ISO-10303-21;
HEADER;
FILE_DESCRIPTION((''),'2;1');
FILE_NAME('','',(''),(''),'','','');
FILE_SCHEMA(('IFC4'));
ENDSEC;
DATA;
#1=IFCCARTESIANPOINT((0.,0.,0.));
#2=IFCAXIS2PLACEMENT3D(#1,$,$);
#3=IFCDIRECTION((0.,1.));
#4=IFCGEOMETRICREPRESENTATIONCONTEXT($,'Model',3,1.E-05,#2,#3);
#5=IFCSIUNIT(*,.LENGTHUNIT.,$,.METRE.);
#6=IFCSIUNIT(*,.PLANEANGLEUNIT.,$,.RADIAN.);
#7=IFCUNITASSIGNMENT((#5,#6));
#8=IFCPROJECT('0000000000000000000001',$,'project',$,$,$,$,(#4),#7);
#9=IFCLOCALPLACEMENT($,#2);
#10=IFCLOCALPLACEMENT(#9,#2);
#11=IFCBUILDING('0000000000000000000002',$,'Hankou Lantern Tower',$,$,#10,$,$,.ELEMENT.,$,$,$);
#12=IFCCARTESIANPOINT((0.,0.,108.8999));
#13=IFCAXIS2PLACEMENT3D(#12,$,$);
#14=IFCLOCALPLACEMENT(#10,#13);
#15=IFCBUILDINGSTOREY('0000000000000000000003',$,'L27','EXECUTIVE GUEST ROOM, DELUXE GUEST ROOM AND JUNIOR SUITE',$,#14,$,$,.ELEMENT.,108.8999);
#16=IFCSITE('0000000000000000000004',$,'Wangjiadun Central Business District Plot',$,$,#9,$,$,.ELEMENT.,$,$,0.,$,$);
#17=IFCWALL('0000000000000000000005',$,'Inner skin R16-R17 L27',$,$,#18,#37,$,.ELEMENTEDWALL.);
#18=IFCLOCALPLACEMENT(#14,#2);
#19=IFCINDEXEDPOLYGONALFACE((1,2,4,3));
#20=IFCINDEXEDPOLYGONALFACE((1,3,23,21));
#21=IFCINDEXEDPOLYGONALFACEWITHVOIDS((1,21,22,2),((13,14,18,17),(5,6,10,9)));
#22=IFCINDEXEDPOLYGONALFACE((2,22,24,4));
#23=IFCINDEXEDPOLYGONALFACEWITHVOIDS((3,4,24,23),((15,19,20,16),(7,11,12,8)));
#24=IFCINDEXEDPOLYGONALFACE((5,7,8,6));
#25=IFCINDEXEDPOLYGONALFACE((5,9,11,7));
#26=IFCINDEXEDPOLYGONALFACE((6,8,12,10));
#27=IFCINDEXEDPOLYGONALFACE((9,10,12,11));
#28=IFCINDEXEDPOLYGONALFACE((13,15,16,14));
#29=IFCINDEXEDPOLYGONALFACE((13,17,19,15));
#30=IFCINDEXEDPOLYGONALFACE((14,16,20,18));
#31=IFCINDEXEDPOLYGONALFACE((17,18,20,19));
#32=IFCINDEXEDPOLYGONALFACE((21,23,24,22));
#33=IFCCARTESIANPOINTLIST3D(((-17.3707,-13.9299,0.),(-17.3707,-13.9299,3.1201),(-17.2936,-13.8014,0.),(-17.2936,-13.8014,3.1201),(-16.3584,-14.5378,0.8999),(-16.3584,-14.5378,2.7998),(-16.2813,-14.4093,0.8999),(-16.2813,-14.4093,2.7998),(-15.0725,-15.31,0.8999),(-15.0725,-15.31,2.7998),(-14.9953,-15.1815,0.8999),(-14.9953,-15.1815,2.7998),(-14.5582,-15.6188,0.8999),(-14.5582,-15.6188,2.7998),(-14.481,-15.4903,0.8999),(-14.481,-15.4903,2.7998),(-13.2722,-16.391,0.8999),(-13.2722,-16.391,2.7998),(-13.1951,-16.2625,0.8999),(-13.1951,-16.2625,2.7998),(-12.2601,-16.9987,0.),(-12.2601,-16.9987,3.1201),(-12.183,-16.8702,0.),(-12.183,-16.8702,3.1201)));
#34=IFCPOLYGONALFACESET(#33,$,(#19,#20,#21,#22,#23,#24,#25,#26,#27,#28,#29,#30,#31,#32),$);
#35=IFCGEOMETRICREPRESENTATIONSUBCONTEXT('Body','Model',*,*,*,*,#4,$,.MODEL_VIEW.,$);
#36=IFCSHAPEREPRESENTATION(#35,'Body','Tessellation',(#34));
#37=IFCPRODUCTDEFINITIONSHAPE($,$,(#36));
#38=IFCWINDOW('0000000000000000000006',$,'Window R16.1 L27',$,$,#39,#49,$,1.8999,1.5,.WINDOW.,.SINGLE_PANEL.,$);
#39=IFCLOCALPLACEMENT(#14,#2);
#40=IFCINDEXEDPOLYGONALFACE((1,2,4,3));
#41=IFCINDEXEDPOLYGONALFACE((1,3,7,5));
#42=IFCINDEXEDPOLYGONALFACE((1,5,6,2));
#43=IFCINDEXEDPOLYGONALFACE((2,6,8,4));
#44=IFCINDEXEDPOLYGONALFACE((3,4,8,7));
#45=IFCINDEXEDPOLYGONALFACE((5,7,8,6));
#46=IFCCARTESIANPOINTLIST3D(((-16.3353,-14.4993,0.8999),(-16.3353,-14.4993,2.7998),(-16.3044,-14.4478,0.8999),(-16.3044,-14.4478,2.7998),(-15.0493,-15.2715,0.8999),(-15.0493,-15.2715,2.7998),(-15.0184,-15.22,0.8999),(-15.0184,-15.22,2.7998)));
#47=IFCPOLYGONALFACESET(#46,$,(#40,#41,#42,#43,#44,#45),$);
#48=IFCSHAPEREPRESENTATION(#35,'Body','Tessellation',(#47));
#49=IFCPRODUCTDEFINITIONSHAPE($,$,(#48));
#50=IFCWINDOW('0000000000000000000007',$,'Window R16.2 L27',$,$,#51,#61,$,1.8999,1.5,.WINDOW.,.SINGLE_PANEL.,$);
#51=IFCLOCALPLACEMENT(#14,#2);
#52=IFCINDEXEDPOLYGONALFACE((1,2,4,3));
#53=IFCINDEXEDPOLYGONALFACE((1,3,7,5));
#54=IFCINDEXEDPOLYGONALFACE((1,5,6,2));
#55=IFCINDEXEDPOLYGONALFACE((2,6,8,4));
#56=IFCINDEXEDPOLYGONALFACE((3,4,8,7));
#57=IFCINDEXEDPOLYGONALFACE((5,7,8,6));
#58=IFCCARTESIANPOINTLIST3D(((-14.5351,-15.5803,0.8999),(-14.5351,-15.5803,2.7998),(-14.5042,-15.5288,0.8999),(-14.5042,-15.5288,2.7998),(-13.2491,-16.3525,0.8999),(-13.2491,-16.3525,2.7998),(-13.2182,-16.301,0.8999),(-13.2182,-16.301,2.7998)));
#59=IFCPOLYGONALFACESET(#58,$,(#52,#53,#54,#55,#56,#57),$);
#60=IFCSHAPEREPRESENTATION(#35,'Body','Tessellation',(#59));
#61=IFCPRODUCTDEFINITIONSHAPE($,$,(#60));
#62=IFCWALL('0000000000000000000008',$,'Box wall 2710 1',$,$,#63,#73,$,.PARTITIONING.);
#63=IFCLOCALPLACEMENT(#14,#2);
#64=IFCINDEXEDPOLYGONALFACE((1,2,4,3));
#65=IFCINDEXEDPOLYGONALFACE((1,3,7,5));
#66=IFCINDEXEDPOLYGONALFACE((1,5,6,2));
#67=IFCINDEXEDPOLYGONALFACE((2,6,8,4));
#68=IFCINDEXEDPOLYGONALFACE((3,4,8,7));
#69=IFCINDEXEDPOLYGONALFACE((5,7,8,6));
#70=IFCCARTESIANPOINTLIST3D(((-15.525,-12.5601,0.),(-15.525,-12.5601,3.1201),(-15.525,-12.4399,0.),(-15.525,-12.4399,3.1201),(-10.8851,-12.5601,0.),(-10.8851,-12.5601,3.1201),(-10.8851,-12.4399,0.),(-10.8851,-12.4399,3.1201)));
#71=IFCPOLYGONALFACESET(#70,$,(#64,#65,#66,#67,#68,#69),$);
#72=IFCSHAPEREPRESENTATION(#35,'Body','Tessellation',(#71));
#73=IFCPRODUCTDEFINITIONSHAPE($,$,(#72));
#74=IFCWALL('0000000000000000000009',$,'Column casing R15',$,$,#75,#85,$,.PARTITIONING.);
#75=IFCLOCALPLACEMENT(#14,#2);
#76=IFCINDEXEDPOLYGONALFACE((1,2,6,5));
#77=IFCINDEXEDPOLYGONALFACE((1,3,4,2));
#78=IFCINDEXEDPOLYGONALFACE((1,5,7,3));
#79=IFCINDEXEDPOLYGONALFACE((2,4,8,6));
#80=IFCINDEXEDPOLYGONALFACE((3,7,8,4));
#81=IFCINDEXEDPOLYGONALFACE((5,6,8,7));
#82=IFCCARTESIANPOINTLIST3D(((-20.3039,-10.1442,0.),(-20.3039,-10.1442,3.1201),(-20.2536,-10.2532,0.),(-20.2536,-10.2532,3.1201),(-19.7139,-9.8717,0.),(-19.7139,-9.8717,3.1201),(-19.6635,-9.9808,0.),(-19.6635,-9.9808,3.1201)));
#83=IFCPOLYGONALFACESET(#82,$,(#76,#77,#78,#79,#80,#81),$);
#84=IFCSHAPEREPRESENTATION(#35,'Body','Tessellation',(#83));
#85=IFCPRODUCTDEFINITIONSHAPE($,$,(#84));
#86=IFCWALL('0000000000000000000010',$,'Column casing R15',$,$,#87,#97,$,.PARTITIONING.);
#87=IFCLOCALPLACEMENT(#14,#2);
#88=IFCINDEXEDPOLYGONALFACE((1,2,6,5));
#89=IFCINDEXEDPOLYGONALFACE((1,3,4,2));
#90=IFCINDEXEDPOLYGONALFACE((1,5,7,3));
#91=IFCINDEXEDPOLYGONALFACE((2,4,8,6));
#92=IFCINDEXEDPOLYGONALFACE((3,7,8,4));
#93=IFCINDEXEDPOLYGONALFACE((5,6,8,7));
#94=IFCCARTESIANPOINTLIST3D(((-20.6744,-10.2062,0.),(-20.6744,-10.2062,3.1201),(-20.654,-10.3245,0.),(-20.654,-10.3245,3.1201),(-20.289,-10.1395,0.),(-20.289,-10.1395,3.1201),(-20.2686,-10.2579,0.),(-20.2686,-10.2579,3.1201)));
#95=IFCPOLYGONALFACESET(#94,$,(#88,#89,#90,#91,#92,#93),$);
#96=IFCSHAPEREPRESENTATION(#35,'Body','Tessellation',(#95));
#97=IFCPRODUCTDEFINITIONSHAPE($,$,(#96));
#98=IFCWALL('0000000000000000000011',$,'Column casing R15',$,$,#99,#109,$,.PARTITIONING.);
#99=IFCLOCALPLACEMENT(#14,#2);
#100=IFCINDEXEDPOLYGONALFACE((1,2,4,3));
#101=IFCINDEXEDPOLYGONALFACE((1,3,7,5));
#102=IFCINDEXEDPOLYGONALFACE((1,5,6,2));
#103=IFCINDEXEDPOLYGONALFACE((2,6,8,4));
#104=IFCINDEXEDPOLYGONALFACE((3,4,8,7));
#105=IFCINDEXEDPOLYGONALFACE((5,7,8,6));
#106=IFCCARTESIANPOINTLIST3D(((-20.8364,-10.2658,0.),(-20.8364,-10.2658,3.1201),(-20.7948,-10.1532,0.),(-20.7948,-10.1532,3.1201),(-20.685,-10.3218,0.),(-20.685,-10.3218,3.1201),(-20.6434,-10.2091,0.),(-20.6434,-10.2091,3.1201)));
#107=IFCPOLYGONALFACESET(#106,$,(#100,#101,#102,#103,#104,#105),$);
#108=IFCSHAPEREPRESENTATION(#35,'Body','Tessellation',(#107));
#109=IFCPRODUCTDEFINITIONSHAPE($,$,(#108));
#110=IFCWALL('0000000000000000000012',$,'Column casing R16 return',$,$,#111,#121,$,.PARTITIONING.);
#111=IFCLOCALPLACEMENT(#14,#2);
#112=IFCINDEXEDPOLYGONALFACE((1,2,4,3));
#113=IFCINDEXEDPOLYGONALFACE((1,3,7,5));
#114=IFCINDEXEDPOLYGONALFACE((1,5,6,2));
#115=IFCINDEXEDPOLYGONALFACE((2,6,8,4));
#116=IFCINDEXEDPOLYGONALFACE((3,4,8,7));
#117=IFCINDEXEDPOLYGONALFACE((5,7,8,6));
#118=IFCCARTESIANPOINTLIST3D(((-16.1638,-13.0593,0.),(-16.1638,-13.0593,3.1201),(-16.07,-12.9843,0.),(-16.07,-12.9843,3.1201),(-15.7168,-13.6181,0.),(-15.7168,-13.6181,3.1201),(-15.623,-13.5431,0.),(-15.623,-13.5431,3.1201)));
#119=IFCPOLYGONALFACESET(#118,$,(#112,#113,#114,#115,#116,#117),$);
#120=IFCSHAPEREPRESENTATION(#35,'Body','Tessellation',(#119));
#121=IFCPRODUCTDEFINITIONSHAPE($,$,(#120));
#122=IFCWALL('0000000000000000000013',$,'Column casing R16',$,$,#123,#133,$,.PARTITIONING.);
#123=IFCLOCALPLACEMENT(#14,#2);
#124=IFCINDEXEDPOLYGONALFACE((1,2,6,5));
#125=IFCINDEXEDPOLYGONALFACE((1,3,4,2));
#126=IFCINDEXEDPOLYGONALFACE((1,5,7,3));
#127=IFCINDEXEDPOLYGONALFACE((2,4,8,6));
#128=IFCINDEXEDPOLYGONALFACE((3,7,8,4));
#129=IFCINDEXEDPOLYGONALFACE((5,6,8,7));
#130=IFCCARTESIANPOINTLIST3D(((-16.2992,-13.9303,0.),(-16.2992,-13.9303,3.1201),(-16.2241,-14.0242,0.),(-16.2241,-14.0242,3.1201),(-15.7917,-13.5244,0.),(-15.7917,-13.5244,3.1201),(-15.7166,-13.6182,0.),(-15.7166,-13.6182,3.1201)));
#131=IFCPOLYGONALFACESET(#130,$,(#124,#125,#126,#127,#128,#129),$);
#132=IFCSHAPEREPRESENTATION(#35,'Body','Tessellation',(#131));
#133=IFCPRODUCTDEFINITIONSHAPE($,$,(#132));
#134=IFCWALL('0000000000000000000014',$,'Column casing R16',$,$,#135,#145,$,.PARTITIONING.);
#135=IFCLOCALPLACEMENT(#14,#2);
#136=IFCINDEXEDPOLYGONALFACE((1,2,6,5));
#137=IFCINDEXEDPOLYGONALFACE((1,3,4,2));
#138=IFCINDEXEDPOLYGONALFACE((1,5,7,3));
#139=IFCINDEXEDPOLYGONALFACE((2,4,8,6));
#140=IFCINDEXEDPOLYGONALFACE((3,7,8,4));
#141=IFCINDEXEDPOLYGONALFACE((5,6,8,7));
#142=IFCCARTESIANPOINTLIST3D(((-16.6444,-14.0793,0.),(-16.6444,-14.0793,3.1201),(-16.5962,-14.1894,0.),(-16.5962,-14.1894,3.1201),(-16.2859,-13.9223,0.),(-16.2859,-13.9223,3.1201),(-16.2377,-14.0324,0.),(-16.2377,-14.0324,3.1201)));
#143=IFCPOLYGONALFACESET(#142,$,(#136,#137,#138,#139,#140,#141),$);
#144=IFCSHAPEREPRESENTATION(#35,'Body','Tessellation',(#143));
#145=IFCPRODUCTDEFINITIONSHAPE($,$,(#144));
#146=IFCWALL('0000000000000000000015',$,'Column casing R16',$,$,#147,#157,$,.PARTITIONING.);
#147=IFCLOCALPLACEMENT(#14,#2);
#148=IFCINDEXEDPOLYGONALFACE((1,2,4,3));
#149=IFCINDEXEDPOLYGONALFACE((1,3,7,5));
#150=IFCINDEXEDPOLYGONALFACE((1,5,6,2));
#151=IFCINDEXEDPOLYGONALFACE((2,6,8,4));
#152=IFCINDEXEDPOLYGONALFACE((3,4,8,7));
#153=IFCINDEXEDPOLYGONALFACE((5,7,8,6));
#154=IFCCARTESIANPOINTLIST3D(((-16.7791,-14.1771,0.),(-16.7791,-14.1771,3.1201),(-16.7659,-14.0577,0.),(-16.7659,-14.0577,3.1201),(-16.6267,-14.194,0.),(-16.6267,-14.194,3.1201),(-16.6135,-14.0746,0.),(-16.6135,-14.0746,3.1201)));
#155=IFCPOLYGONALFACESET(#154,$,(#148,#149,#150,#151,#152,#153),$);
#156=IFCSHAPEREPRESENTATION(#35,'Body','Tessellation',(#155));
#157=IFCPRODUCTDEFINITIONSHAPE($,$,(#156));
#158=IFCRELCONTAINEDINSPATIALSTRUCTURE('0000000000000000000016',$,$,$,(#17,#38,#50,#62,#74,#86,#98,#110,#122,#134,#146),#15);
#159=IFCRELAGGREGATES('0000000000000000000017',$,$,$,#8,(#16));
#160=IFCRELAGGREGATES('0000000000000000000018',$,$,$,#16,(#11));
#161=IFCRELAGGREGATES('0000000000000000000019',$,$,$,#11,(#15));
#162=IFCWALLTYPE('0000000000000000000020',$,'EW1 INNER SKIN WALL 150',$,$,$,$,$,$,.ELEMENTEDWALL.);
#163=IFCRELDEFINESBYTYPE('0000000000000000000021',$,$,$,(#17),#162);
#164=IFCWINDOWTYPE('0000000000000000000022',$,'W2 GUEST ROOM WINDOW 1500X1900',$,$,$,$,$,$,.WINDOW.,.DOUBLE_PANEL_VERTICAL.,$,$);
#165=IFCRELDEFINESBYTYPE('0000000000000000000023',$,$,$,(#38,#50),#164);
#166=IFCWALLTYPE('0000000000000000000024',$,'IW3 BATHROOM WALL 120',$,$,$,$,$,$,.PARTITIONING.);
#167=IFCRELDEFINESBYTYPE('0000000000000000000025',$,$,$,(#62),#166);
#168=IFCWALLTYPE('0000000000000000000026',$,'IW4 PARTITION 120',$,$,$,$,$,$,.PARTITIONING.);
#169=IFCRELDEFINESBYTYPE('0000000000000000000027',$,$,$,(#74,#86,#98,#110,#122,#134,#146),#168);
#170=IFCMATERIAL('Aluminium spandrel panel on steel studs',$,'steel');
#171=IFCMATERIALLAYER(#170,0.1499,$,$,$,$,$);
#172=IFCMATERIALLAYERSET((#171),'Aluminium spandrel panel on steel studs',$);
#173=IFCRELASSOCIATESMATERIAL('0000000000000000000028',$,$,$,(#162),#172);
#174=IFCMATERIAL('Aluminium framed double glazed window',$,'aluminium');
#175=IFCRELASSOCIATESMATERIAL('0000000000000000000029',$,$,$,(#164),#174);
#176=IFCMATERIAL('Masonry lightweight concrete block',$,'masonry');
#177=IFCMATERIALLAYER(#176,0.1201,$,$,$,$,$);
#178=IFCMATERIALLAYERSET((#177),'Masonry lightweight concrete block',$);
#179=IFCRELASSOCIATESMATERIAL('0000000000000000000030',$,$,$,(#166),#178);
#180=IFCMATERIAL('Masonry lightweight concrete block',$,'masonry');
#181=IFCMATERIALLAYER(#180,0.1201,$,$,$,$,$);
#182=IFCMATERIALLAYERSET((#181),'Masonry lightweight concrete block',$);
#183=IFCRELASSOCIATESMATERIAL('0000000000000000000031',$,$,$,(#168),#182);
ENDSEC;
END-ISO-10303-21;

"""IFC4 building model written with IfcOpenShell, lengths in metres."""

from ifc_helpers import new_model, si_unit, direction, frame, frame_2d, origin, place, context, subcontext, project, spatial, rectangle, extrude, material, layer, layer_set, type_object, element, fill, save


model = new_model("IFC4")

# Units and contexts
model_context = context("Model", 3, precision=1e-05, world=origin(), true_north=direction((0.0, 1.0)))
body_context = subcontext(model_context, "Body", "Model", "MODEL_VIEW")
ifc_project = project(units=[si_unit("LENGTHUNIT", "METRE"), si_unit("PLANEANGLEUNIT", "RADIAN")], contexts=[model_context])

# Site, building, storey
site_placement = place(None, origin())
site = spatial("IfcSite", under=ifc_project, at=site_placement, Name="Wangjiadun Central Business District Plot", CompositionType="ELEMENT", RefElevation=0.0)
building_placement = place(site_placement, origin())
building = spatial("IfcBuilding", under=site, at=building_placement, Name="Hankou Lantern Tower", CompositionType="ELEMENT")
storey_placement = place(building_placement, frame((0.0, 0.0, 108.8999)))
storey = spatial("IfcBuildingStorey", under=building, at=storey_placement, Name="L27", Description="EXECUTIVE GUEST ROOM, DELUXE GUEST ROOM AND JUNIOR SUITE", CompositionType="ELEMENT", Elevation=108.8999)

# Wall, openings, windows
ifc_material_1 = material(Name="Aluminium spandrel panel on steel studs", Category="steel")
ifc_layer_1 = layer(ifc_material_1, 0.1499)
ifc_layer_set_1 = layer_set([ifc_layer_1], Name="Aluminium spandrel panel on steel studs")
wall_type_1 = type_object("IfcWallType", Name="EW1 INNER SKIN WALL 150", PredefinedType="ELEMENTEDWALL", material=ifc_layer_set_1)
ifc_material_2 = material(Name="Aluminium framed double glazed window", Category="aluminium")
window_type = type_object("IfcWindowType", Name="W2 GUEST ROOM WINDOW 1500X1900", PartitioningType="DOUBLE_PANEL_VERTICAL", PredefinedType="WINDOW", material=ifc_material_2)
wall_1_placement = place(storey_placement, frame((-17.332, -13.8657, 0.0), z_axis=(0.0, 0.0, 1.0), x_axis=(0.857309, -0.514803, 0.0)))
wall_1 = element("IfcWall", 1, at=wall_1_placement, inside=storey, type_object=wall_type_1, Name="Inner skin R16-R17 L27", PredefinedType="ELEMENTEDWALL", context=body_context, shape_type="SweptSolid", body=[
    extrude(rectangle(XDim=5.9612, YDim=0.1499, at=frame_2d((2.9805, 0.0))), origin(), (0.0, 0.0, 1.0), 3.1201),
])
opening_1_placement = place(wall_1_placement, frame((1.1807, 0.0, 0.8999)))
opening_1 = element("IfcOpeningElement", 2, at=opening_1_placement, cuts=wall_1, PredefinedType="OPENING", context=body_context, shape_type="SweptSolid", body=[
    extrude(rectangle(XDim=1.5, YDim=1.8999, at=frame_2d((0.75, 0.95))), frame((0.0, 0.085, 0.0), z_axis=(0.0, -1.0, 0.0), x_axis=(1.0, 0.0, 0.0)), (0.0, 0.0, 1.0), 0.1699),
])
opening_2_placement = place(wall_1_placement, frame((3.2805, 0.0, 0.8999)))
opening_2 = element("IfcOpeningElement", 3, at=opening_2_placement, cuts=wall_1, PredefinedType="OPENING", context=body_context, shape_type="SweptSolid", body=[
    extrude(rectangle(XDim=1.5, YDim=1.8999, at=frame_2d((0.75, 0.95))), frame((0.0, 0.085, 0.0), z_axis=(0.0, -1.0, 0.0), x_axis=(1.0, 0.0, 0.0)), (0.0, 0.0, 1.0), 0.1699),
])
window_1_placement = place(opening_1_placement, origin())
window_1 = element("IfcWindow", 4, at=window_1_placement, inside=storey, type_object=window_type, Name="Window R16.1 L27", OverallHeight=1.8999, OverallWidth=1.5, PartitioningType="SINGLE_PANEL", PredefinedType="WINDOW", context=body_context, shape_type="SweptSolid", body=[
    extrude(rectangle(XDim=1.5, YDim=1.8999, at=frame_2d((0.75, 0.95))), frame((0.0, 0.03, 0.0), z_axis=(0.0, -1.0, 0.0), x_axis=(1.0, 0.0, 0.0)), (0.0, 0.0, 1.0), 0.0601),
])
fill(opening_1, window_1)
window_2_placement = place(opening_2_placement, origin())
window_2 = element("IfcWindow", 5, at=window_2_placement, inside=storey, type_object=window_type, Name="Window R16.2 L27", OverallHeight=1.8999, OverallWidth=1.5, PartitioningType="SINGLE_PANEL", PredefinedType="WINDOW", context=body_context, shape_type="SweptSolid", body=[
    extrude(rectangle(XDim=1.5, YDim=1.8999, at=frame_2d((0.75, 0.95))), frame((0.0, 0.03, 0.0), z_axis=(0.0, -1.0, 0.0), x_axis=(1.0, 0.0, 0.0)), (0.0, 0.0, 1.0), 0.0601),
])
fill(opening_2, window_2)

# Walls
ifc_material_3 = material(Name="Masonry lightweight concrete block", Category="masonry")
ifc_layer_2 = layer(ifc_material_3, 0.1201)
ifc_layer_set_2 = layer_set([ifc_layer_2], Name="Masonry lightweight concrete block")
wall_type_2 = type_object("IfcWallType", Name="IW3 BATHROOM WALL 120", PredefinedType="PARTITIONING", material=ifc_layer_set_2)
wall_2_placement = place(storey_placement, frame((-15.5249, -12.5, 0.0), z_axis=(0.0, 0.0, 1.0), x_axis=(1.0, 0.0, 0.0)))
element("IfcWall", 6, at=wall_2_placement, inside=storey, type_object=wall_type_2, Name="Box wall 2710 1", PredefinedType="PARTITIONING", context=body_context, shape_type="SweptSolid", body=[
    extrude(rectangle(XDim=4.6399, YDim=0.1201, at=frame_2d((2.3198, 0.0))), origin(), (0.0, 0.0, 1.0), 3.1201),
])
ifc_material_4 = material(Name="Masonry lightweight concrete block", Category="masonry")
ifc_layer_3 = layer(ifc_material_4, 0.1201)
ifc_layer_set_3 = layer_set([ifc_layer_3], Name="Masonry lightweight concrete block")
wall_type_3 = type_object("IfcWallType", Name="IW4 PARTITION 120", PredefinedType="PARTITIONING", material=ifc_layer_set_3)
wall_3_placement = place(storey_placement, frame((-19.6887, -9.9263, 0.0), z_axis=(0.0, 0.0, 1.0), x_axis=(-0.907893, -0.419201, 0.0)))
element("IfcWall", 7, at=wall_3_placement, inside=storey, type_object=wall_type_3, Name="Column casing R15", PredefinedType="PARTITIONING", context=body_context, shape_type="SweptSolid", body=[
    extrude(rectangle(XDim=0.6499, YDim=0.1201, at=frame_2d((0.325, 0.0))), origin(), (0.0, 0.0, 1.0), 3.1201),
])
wall_4_placement = place(storey_placement, frame((-20.2788, -10.1987, 0.0), z_axis=(0.0, 0.0, 1.0), x_axis=(-0.985381, -0.170367, 0.0)))
element("IfcWall", 8, at=wall_4_placement, inside=storey, type_object=wall_type_3, Name="Column casing R15", PredefinedType="PARTITIONING", context=body_context, shape_type="SweptSolid", body=[
    extrude(rectangle(XDim=0.3911, YDim=0.1201, at=frame_2d((0.1956, 0.0))), origin(), (0.0, 0.0, 1.0), 3.1201),
])
wall_5_placement = place(storey_placement, frame((-20.6643, -10.2654, 0.0), z_axis=(0.0, 0.0, 1.0), x_axis=(-0.938059, 0.346477, 0.0)))
element("IfcWall", 9, at=wall_5_placement, inside=storey, type_object=wall_type_3, Name="Column casing R15", PredefinedType="PARTITIONING", context=body_context, shape_type="SweptSolid", body=[
    extrude(rectangle(XDim=0.1614, YDim=0.1201, at=frame_2d((0.0806, 0.0))), origin(), (0.0, 0.0, 1.0), 3.1201),
])
wall_6_placement = place(storey_placement, frame((-16.1169, -13.0217, 0.0), z_axis=(0.0, 0.0, 1.0), x_axis=(0.624653, -0.780902, 0.0)))
element("IfcWall", 10, at=wall_6_placement, inside=storey, type_object=wall_type_3, Name="Column casing R16 return", PredefinedType="PARTITIONING", context=body_context, shape_type="SweptSolid", body=[
    extrude(rectangle(XDim=0.7156, YDim=0.1201, at=frame_2d((0.3579, 0.0))), origin(), (0.0, 0.0, 1.0), 3.1201),
])
wall_7_placement = place(storey_placement, frame((-15.7542, -13.5713, 0.0), z_axis=(0.0, 0.0, 1.0), x_axis=(-0.780905, -0.624649, 0.0)))
element("IfcWall", 11, at=wall_7_placement, inside=storey, type_object=wall_type_3, Name="Column casing R16", PredefinedType="PARTITIONING", context=body_context, shape_type="SweptSolid", body=[
    extrude(rectangle(XDim=0.6499, YDim=0.1201, at=frame_2d((0.325, 0.0))), origin(), (0.0, 0.0, 1.0), 3.1201),
])
wall_8_placement = place(storey_placement, frame((-16.2617, -13.9773, 0.0), z_axis=(0.0, 0.0, 1.0), x_axis=(-0.915985, -0.401212, 0.0)))
element("IfcWall", 12, at=wall_8_placement, inside=storey, type_object=wall_type_3, Name="Column casing R16", PredefinedType="PARTITIONING", context=body_context, shape_type="SweptSolid", body=[
    extrude(rectangle(XDim=0.3914, YDim=0.1201, at=frame_2d((0.1958, 0.0))), origin(), (0.0, 0.0, 1.0), 3.1201),
])
wall_9_placement = place(storey_placement, frame((-16.6201, -14.1343, 0.0), z_axis=(0.0, 0.0, 1.0), x_axis=(-0.993942, 0.109907, 0.0)))
element("IfcWall", 13, at=wall_9_placement, inside=storey, type_object=wall_type_3, Name="Column casing R16", PredefinedType="PARTITIONING", context=body_context, shape_type="SweptSolid", body=[
    extrude(rectangle(XDim=0.1533, YDim=0.1201, at=frame_2d((0.0767, 0.0))), origin(), (0.0, 0.0, 1.0), 3.1201),
])

save(model, "model.ifc")
